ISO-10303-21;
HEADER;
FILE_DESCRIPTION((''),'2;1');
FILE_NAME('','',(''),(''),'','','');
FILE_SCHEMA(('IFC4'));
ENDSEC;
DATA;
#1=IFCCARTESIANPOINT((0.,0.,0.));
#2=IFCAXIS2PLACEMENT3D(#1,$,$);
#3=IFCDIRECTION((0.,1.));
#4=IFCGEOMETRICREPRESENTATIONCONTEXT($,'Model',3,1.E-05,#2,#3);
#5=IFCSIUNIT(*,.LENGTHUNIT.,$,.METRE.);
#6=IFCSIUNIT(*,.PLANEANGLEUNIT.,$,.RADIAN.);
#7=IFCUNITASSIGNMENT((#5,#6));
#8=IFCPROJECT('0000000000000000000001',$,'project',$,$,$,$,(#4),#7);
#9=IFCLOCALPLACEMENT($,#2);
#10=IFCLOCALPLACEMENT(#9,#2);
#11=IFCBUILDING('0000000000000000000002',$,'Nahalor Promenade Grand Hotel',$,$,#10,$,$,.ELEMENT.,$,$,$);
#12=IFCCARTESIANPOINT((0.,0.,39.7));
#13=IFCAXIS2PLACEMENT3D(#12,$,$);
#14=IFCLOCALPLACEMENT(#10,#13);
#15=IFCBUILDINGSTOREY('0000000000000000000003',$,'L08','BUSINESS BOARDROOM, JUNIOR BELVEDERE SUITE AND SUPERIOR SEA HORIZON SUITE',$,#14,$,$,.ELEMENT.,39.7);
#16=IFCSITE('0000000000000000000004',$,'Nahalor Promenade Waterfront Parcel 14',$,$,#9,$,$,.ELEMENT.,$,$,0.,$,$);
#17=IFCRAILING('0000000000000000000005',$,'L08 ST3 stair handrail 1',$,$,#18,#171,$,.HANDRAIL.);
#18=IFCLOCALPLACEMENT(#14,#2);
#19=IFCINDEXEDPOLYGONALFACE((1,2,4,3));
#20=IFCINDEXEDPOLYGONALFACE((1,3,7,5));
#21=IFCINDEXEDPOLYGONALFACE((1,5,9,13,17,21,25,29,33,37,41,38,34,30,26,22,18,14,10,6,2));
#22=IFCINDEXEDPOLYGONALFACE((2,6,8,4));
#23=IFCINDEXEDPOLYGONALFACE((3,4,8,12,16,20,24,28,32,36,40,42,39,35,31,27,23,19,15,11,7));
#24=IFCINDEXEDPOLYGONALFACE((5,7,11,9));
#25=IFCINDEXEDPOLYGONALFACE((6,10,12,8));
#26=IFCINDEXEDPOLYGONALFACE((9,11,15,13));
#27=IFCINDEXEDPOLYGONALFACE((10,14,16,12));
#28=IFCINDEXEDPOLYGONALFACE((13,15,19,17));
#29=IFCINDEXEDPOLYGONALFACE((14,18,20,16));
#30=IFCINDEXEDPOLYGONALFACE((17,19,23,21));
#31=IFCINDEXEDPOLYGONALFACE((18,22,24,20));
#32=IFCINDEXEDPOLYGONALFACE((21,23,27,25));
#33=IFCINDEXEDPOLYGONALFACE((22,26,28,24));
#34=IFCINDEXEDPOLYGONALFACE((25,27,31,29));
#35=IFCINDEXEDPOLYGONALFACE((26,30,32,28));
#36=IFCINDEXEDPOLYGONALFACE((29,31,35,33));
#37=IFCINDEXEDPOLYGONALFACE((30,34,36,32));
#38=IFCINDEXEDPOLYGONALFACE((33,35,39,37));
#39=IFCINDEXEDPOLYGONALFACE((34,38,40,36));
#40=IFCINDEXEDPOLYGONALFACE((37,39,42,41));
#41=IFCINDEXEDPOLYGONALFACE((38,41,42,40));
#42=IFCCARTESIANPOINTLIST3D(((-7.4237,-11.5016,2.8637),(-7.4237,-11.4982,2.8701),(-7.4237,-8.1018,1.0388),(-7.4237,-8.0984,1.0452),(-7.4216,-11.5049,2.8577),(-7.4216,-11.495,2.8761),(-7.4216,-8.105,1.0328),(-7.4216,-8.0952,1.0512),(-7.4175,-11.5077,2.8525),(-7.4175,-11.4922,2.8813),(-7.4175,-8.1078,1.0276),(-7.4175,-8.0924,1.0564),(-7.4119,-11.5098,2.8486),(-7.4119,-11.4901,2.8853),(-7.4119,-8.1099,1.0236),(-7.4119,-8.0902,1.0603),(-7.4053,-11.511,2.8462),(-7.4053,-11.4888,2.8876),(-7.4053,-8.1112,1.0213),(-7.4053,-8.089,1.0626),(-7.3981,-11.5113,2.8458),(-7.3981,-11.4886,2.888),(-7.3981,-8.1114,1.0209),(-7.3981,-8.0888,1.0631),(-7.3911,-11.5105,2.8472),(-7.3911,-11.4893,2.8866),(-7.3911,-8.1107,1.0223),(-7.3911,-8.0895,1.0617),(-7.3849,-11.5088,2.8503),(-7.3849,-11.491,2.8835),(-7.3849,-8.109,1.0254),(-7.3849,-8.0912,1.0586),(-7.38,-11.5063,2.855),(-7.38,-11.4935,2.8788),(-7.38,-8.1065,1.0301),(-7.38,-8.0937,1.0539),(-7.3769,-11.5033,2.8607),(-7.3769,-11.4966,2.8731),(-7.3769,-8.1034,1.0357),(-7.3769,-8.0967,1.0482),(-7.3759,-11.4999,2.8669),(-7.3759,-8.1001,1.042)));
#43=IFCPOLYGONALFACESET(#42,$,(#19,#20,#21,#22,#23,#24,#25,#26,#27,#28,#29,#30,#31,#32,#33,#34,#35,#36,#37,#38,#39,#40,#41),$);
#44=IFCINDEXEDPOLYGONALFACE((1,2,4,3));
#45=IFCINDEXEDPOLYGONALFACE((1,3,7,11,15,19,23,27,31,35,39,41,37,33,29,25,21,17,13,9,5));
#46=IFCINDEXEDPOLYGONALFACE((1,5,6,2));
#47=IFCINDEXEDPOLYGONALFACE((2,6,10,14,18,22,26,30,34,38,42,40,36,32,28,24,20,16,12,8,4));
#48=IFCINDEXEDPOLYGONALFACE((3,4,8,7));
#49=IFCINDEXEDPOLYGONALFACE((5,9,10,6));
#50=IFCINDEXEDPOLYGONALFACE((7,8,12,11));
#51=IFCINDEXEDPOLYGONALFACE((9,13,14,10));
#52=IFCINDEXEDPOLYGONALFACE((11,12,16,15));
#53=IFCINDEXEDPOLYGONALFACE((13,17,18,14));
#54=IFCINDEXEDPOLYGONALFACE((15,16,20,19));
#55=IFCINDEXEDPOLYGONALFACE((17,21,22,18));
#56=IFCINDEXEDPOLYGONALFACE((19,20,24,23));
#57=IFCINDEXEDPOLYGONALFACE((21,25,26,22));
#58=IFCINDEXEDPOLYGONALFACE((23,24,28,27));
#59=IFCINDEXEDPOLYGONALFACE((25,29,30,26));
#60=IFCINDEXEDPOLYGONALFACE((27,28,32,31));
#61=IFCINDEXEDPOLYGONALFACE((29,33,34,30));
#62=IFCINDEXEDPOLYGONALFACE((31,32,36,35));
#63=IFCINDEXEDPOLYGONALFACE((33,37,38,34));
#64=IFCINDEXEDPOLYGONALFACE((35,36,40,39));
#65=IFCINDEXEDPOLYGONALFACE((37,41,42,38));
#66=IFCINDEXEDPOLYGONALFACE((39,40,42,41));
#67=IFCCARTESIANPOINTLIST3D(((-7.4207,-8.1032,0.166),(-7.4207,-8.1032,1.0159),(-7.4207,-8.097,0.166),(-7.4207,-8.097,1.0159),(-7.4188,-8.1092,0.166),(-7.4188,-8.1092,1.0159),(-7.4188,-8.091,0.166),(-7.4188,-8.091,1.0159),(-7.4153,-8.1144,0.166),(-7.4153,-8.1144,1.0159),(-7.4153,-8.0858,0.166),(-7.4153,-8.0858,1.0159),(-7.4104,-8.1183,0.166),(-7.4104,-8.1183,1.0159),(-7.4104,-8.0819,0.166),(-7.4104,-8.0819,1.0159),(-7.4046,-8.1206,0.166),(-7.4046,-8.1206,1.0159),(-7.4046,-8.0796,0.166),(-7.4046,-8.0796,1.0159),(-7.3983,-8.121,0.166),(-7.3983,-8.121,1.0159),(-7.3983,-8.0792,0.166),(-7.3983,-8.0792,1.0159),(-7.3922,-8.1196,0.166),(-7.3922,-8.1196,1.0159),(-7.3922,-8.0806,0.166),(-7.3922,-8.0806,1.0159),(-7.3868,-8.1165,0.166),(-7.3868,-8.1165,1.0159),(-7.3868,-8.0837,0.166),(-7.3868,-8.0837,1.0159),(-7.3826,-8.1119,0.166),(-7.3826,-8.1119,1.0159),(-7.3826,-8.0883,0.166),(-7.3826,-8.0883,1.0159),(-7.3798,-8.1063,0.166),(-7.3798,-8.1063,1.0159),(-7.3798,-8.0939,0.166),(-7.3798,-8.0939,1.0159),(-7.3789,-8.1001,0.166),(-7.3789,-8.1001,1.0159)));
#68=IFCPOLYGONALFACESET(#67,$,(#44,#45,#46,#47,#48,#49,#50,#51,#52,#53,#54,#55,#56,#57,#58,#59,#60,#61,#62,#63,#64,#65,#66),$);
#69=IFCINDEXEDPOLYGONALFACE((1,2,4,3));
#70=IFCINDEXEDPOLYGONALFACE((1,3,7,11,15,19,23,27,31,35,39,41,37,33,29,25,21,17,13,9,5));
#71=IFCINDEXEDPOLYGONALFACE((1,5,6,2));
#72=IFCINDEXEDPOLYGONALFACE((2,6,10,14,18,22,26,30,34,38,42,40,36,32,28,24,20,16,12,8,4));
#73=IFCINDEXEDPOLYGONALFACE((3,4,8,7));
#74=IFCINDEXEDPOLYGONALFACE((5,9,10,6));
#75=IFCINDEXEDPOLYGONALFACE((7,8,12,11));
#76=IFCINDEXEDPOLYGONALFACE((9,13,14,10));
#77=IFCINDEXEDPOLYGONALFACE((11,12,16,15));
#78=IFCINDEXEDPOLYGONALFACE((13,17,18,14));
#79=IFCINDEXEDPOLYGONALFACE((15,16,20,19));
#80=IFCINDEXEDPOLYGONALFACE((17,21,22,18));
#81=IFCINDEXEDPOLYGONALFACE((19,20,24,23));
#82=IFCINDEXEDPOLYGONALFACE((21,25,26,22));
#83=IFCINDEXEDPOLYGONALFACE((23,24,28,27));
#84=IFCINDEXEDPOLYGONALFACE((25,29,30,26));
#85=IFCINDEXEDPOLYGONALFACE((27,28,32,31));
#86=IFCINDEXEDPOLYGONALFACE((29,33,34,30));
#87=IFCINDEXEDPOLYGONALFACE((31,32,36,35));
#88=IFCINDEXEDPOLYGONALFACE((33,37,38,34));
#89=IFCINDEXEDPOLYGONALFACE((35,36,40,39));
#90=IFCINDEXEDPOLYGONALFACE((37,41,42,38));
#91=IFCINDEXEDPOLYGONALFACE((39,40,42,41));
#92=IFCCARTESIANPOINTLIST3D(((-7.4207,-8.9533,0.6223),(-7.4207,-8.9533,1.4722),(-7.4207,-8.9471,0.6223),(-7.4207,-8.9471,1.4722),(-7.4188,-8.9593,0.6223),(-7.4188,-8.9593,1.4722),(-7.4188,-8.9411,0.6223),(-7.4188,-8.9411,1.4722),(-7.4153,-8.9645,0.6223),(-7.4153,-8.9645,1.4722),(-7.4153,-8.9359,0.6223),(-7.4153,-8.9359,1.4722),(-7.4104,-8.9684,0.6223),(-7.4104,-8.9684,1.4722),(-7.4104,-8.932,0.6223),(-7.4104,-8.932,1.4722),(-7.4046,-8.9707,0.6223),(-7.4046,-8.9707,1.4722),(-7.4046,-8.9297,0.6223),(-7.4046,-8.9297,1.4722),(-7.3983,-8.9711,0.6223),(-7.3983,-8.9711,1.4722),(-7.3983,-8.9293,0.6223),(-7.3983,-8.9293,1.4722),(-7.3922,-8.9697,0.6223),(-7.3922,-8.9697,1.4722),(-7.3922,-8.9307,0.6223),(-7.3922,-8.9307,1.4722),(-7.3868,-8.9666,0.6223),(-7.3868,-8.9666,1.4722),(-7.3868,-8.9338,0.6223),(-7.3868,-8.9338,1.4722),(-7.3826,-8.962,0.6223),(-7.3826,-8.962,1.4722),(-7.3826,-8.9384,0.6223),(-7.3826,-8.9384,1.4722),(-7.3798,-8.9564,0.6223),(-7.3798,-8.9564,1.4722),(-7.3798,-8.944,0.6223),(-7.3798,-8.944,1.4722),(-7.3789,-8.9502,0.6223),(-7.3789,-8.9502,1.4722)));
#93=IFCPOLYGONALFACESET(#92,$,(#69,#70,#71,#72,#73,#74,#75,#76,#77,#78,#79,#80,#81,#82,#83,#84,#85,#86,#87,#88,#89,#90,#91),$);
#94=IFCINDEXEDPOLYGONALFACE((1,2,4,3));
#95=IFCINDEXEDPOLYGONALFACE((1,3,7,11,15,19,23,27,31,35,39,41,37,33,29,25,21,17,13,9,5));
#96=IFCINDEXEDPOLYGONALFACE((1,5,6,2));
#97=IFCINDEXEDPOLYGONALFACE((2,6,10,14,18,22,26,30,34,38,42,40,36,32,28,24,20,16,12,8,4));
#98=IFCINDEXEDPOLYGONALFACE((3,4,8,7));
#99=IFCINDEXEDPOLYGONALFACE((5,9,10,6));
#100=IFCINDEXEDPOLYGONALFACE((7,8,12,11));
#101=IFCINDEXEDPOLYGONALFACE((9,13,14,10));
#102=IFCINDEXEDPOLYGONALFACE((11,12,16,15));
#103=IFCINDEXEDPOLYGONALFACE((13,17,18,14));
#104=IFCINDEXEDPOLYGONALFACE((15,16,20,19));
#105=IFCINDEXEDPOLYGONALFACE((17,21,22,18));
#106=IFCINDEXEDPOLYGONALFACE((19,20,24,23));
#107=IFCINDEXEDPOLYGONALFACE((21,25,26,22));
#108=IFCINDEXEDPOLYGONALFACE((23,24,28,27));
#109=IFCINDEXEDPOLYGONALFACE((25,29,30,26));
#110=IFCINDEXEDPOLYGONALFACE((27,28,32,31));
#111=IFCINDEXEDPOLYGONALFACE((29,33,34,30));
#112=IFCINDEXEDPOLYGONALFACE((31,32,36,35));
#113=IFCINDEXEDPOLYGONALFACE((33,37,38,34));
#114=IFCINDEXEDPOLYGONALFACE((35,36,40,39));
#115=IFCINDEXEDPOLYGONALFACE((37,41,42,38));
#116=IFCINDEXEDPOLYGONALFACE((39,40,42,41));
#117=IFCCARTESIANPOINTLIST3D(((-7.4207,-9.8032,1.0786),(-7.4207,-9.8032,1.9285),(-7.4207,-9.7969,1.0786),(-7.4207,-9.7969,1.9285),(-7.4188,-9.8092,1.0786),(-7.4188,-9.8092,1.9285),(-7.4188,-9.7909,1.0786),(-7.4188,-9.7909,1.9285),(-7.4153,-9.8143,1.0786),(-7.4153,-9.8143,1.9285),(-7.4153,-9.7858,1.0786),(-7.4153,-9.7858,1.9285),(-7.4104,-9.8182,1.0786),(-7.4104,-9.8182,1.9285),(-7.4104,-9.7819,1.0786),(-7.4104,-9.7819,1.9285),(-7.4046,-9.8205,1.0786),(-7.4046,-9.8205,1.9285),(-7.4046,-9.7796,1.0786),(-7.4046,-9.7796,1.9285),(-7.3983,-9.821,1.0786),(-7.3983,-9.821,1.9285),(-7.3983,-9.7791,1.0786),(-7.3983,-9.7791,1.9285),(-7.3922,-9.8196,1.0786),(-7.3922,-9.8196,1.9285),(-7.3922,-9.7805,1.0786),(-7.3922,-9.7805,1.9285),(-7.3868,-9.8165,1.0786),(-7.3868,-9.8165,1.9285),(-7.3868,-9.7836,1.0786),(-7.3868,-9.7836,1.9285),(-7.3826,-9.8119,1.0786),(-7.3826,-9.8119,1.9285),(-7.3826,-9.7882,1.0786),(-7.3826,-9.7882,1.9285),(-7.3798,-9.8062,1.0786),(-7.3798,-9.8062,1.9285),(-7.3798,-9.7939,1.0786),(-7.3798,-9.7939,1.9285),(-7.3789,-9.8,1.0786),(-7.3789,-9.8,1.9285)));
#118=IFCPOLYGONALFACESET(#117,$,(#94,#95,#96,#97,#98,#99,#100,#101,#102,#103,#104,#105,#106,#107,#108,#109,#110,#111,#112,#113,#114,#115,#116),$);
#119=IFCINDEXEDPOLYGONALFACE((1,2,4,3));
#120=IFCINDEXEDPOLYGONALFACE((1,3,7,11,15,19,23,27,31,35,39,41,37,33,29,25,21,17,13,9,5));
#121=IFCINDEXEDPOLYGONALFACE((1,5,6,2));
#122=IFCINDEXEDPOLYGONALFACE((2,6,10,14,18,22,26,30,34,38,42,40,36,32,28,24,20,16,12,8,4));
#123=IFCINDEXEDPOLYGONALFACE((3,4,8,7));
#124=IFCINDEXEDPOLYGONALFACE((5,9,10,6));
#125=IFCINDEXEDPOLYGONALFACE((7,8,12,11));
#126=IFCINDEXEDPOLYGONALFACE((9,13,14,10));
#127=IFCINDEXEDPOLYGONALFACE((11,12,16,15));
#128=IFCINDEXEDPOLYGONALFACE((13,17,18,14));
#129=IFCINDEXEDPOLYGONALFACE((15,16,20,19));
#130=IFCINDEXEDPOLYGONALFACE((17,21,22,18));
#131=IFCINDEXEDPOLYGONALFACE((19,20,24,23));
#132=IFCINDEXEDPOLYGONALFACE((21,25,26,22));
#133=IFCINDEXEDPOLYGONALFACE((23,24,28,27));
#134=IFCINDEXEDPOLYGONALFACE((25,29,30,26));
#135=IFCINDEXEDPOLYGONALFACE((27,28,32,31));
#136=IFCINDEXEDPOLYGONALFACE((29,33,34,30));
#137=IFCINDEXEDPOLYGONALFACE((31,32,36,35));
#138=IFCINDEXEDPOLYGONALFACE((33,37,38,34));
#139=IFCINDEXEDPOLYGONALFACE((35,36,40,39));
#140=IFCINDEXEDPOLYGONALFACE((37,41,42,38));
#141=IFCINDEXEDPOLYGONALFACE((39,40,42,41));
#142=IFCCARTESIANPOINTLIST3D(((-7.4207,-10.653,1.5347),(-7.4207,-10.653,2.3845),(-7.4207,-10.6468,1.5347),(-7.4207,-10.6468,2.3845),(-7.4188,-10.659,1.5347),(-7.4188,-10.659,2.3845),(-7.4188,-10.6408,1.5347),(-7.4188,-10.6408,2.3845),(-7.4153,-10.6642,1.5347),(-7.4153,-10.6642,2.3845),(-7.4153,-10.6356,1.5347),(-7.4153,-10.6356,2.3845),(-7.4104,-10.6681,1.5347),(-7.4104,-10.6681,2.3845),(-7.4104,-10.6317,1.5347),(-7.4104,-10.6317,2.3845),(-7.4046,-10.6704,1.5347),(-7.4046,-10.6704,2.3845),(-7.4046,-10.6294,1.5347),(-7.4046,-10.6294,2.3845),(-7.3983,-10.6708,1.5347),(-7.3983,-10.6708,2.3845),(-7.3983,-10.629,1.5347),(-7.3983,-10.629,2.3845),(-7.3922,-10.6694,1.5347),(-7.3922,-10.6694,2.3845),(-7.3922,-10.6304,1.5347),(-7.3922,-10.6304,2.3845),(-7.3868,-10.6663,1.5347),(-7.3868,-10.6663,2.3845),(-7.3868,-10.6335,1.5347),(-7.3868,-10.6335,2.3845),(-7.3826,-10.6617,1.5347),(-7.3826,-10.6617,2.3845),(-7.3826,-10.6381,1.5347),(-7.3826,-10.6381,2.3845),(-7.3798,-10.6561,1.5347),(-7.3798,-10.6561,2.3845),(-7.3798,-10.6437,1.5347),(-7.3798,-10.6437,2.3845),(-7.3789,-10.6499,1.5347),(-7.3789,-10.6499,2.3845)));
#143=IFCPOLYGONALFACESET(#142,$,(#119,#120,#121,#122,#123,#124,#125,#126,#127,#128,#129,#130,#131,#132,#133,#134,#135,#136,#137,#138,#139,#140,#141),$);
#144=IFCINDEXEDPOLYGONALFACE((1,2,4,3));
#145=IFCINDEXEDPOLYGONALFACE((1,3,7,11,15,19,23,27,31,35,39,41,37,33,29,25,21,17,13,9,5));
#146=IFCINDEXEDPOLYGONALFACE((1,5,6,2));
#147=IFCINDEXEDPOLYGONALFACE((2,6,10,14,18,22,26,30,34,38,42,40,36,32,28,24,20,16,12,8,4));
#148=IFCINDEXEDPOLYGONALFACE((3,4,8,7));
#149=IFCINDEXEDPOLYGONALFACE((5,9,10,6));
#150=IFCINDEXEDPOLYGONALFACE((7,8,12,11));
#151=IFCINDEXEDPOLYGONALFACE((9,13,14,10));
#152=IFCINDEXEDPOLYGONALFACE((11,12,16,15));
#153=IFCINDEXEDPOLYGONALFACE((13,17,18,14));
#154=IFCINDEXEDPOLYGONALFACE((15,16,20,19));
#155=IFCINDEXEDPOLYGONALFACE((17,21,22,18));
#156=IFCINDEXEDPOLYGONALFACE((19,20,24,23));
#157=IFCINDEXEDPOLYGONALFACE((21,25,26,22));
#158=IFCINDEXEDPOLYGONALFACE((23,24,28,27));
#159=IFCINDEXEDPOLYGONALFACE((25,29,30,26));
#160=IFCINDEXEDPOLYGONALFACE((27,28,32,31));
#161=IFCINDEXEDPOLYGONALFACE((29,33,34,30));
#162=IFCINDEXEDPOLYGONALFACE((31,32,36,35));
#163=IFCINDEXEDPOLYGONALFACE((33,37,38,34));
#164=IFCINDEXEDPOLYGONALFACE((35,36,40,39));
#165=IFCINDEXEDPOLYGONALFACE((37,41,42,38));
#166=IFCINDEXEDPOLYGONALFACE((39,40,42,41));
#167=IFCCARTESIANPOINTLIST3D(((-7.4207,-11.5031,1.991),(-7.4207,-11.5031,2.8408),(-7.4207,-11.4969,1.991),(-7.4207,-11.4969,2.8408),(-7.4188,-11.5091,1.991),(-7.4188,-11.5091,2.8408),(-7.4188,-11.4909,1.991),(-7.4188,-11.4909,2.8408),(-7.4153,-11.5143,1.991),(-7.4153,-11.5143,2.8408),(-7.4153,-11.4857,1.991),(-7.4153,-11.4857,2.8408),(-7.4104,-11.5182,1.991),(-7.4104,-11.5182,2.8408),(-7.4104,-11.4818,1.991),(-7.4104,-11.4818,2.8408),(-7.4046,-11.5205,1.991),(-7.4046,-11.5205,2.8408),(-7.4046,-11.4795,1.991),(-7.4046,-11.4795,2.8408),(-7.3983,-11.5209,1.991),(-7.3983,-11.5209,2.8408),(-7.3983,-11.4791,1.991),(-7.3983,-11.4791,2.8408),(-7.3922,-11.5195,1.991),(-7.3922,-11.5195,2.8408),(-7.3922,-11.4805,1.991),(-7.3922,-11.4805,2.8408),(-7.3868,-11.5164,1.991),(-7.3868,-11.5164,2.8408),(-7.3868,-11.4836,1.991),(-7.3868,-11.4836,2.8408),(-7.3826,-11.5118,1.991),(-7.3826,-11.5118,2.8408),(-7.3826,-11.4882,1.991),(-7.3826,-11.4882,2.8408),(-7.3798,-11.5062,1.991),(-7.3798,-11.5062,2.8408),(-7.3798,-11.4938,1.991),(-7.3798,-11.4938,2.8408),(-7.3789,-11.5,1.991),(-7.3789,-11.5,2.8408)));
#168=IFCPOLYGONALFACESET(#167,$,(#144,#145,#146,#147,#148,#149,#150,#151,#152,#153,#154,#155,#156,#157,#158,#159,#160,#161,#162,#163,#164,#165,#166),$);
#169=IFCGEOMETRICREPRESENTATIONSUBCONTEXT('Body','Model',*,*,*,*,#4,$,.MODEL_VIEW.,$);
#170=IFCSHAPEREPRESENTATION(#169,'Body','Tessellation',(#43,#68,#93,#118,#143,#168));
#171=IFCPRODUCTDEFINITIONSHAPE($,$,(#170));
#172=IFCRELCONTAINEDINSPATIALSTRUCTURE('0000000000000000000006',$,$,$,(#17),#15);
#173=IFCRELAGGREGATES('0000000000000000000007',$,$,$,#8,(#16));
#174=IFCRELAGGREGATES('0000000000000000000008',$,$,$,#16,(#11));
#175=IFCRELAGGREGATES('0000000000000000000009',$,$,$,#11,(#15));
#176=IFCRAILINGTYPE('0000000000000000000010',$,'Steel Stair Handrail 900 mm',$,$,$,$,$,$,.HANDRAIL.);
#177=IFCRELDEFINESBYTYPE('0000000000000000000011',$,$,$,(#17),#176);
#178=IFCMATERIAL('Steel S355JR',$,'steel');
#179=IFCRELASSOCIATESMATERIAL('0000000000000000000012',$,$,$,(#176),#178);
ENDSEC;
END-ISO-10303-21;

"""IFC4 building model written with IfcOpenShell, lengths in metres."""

from ifc_helpers import new_model, si_unit, direction, frame, origin, origin_2d, place, context, subcontext, project, spatial, circle, extrude, material, type_object, element, save


model = new_model("IFC4")

# Units and contexts
model_context = context("Model", 3, precision=1e-05, world=origin(), true_north=direction((0.0, 1.0)))
body_context = subcontext(model_context, "Body", "Model", "MODEL_VIEW")
ifc_project = project(units=[si_unit("LENGTHUNIT", "METRE"), si_unit("PLANEANGLEUNIT", "RADIAN")], contexts=[model_context])

# Site, building, storey
site_placement = place(None, origin())
site = spatial("IfcSite", under=ifc_project, at=site_placement, Name="Nahalor Promenade Waterfront Parcel 14", CompositionType="ELEMENT", RefElevation=0.0)
building_placement = place(site_placement, origin())
building = spatial("IfcBuilding", under=site, at=building_placement, Name="Nahalor Promenade Grand Hotel", CompositionType="ELEMENT")
storey_placement = place(building_placement, frame((0.0, 0.0, 39.7)))
storey = spatial("IfcBuildingStorey", under=building, at=storey_placement, Name="L08", Description="BUSINESS BOARDROOM, JUNIOR BELVEDERE SUITE AND SUPERIOR SEA HORIZON SUITE", CompositionType="ELEMENT", Elevation=39.7)

# Shared definitions
ifc_material_1 = material(Name="Steel S355JR", Category="steel")

# Railing
railing_type_1 = type_object("IfcRailingType", Name="Steel Stair Handrail 900 mm", PredefinedType="HANDRAIL", material=ifc_material_1)
railing_1_placement = place(storey_placement, frame((-7.3999, -8.1001, 0.166)))
element("IfcRailing", 1, at=railing_1_placement, inside=storey, type_object=railing_type_1, Name="L08 ST3 stair handrail 1", PredefinedType="HANDRAIL", context=body_context, shape_type="SweptSolid", body=[
    extrude(circle(Radius=0.024, at=origin_2d()), frame((0.0, 0.0, 0.876), z_axis=(0.0, -0.881094, 0.472941), x_axis=(1.0, 0.0, 0.0)), (0.0, 0.0, 1.0), 3.8586),
    extrude(circle(Radius=0.021, at=origin_2d()), origin(), (0.0, 0.0, 1.0), 0.8499),
    extrude(circle(Radius=0.021, at=origin_2d()), frame((0.0, -0.8501, 0.4563)), (0.0, 0.0, 1.0), 0.8499),
    extrude(circle(Radius=0.021, at=origin_2d()), frame((0.0, -1.7, 0.9126)), (0.0, 0.0, 1.0), 0.8499),
    extrude(circle(Radius=0.021, at=origin_2d()), frame((0.0, -2.5498, 1.3687)), (0.0, 0.0, 1.0), 0.8499),
    extrude(circle(Radius=0.021, at=origin_2d()), frame((0.0, -3.3999, 1.825)), (0.0, 0.0, 1.0), 0.8499),
])

save(model, "model.ifc")
